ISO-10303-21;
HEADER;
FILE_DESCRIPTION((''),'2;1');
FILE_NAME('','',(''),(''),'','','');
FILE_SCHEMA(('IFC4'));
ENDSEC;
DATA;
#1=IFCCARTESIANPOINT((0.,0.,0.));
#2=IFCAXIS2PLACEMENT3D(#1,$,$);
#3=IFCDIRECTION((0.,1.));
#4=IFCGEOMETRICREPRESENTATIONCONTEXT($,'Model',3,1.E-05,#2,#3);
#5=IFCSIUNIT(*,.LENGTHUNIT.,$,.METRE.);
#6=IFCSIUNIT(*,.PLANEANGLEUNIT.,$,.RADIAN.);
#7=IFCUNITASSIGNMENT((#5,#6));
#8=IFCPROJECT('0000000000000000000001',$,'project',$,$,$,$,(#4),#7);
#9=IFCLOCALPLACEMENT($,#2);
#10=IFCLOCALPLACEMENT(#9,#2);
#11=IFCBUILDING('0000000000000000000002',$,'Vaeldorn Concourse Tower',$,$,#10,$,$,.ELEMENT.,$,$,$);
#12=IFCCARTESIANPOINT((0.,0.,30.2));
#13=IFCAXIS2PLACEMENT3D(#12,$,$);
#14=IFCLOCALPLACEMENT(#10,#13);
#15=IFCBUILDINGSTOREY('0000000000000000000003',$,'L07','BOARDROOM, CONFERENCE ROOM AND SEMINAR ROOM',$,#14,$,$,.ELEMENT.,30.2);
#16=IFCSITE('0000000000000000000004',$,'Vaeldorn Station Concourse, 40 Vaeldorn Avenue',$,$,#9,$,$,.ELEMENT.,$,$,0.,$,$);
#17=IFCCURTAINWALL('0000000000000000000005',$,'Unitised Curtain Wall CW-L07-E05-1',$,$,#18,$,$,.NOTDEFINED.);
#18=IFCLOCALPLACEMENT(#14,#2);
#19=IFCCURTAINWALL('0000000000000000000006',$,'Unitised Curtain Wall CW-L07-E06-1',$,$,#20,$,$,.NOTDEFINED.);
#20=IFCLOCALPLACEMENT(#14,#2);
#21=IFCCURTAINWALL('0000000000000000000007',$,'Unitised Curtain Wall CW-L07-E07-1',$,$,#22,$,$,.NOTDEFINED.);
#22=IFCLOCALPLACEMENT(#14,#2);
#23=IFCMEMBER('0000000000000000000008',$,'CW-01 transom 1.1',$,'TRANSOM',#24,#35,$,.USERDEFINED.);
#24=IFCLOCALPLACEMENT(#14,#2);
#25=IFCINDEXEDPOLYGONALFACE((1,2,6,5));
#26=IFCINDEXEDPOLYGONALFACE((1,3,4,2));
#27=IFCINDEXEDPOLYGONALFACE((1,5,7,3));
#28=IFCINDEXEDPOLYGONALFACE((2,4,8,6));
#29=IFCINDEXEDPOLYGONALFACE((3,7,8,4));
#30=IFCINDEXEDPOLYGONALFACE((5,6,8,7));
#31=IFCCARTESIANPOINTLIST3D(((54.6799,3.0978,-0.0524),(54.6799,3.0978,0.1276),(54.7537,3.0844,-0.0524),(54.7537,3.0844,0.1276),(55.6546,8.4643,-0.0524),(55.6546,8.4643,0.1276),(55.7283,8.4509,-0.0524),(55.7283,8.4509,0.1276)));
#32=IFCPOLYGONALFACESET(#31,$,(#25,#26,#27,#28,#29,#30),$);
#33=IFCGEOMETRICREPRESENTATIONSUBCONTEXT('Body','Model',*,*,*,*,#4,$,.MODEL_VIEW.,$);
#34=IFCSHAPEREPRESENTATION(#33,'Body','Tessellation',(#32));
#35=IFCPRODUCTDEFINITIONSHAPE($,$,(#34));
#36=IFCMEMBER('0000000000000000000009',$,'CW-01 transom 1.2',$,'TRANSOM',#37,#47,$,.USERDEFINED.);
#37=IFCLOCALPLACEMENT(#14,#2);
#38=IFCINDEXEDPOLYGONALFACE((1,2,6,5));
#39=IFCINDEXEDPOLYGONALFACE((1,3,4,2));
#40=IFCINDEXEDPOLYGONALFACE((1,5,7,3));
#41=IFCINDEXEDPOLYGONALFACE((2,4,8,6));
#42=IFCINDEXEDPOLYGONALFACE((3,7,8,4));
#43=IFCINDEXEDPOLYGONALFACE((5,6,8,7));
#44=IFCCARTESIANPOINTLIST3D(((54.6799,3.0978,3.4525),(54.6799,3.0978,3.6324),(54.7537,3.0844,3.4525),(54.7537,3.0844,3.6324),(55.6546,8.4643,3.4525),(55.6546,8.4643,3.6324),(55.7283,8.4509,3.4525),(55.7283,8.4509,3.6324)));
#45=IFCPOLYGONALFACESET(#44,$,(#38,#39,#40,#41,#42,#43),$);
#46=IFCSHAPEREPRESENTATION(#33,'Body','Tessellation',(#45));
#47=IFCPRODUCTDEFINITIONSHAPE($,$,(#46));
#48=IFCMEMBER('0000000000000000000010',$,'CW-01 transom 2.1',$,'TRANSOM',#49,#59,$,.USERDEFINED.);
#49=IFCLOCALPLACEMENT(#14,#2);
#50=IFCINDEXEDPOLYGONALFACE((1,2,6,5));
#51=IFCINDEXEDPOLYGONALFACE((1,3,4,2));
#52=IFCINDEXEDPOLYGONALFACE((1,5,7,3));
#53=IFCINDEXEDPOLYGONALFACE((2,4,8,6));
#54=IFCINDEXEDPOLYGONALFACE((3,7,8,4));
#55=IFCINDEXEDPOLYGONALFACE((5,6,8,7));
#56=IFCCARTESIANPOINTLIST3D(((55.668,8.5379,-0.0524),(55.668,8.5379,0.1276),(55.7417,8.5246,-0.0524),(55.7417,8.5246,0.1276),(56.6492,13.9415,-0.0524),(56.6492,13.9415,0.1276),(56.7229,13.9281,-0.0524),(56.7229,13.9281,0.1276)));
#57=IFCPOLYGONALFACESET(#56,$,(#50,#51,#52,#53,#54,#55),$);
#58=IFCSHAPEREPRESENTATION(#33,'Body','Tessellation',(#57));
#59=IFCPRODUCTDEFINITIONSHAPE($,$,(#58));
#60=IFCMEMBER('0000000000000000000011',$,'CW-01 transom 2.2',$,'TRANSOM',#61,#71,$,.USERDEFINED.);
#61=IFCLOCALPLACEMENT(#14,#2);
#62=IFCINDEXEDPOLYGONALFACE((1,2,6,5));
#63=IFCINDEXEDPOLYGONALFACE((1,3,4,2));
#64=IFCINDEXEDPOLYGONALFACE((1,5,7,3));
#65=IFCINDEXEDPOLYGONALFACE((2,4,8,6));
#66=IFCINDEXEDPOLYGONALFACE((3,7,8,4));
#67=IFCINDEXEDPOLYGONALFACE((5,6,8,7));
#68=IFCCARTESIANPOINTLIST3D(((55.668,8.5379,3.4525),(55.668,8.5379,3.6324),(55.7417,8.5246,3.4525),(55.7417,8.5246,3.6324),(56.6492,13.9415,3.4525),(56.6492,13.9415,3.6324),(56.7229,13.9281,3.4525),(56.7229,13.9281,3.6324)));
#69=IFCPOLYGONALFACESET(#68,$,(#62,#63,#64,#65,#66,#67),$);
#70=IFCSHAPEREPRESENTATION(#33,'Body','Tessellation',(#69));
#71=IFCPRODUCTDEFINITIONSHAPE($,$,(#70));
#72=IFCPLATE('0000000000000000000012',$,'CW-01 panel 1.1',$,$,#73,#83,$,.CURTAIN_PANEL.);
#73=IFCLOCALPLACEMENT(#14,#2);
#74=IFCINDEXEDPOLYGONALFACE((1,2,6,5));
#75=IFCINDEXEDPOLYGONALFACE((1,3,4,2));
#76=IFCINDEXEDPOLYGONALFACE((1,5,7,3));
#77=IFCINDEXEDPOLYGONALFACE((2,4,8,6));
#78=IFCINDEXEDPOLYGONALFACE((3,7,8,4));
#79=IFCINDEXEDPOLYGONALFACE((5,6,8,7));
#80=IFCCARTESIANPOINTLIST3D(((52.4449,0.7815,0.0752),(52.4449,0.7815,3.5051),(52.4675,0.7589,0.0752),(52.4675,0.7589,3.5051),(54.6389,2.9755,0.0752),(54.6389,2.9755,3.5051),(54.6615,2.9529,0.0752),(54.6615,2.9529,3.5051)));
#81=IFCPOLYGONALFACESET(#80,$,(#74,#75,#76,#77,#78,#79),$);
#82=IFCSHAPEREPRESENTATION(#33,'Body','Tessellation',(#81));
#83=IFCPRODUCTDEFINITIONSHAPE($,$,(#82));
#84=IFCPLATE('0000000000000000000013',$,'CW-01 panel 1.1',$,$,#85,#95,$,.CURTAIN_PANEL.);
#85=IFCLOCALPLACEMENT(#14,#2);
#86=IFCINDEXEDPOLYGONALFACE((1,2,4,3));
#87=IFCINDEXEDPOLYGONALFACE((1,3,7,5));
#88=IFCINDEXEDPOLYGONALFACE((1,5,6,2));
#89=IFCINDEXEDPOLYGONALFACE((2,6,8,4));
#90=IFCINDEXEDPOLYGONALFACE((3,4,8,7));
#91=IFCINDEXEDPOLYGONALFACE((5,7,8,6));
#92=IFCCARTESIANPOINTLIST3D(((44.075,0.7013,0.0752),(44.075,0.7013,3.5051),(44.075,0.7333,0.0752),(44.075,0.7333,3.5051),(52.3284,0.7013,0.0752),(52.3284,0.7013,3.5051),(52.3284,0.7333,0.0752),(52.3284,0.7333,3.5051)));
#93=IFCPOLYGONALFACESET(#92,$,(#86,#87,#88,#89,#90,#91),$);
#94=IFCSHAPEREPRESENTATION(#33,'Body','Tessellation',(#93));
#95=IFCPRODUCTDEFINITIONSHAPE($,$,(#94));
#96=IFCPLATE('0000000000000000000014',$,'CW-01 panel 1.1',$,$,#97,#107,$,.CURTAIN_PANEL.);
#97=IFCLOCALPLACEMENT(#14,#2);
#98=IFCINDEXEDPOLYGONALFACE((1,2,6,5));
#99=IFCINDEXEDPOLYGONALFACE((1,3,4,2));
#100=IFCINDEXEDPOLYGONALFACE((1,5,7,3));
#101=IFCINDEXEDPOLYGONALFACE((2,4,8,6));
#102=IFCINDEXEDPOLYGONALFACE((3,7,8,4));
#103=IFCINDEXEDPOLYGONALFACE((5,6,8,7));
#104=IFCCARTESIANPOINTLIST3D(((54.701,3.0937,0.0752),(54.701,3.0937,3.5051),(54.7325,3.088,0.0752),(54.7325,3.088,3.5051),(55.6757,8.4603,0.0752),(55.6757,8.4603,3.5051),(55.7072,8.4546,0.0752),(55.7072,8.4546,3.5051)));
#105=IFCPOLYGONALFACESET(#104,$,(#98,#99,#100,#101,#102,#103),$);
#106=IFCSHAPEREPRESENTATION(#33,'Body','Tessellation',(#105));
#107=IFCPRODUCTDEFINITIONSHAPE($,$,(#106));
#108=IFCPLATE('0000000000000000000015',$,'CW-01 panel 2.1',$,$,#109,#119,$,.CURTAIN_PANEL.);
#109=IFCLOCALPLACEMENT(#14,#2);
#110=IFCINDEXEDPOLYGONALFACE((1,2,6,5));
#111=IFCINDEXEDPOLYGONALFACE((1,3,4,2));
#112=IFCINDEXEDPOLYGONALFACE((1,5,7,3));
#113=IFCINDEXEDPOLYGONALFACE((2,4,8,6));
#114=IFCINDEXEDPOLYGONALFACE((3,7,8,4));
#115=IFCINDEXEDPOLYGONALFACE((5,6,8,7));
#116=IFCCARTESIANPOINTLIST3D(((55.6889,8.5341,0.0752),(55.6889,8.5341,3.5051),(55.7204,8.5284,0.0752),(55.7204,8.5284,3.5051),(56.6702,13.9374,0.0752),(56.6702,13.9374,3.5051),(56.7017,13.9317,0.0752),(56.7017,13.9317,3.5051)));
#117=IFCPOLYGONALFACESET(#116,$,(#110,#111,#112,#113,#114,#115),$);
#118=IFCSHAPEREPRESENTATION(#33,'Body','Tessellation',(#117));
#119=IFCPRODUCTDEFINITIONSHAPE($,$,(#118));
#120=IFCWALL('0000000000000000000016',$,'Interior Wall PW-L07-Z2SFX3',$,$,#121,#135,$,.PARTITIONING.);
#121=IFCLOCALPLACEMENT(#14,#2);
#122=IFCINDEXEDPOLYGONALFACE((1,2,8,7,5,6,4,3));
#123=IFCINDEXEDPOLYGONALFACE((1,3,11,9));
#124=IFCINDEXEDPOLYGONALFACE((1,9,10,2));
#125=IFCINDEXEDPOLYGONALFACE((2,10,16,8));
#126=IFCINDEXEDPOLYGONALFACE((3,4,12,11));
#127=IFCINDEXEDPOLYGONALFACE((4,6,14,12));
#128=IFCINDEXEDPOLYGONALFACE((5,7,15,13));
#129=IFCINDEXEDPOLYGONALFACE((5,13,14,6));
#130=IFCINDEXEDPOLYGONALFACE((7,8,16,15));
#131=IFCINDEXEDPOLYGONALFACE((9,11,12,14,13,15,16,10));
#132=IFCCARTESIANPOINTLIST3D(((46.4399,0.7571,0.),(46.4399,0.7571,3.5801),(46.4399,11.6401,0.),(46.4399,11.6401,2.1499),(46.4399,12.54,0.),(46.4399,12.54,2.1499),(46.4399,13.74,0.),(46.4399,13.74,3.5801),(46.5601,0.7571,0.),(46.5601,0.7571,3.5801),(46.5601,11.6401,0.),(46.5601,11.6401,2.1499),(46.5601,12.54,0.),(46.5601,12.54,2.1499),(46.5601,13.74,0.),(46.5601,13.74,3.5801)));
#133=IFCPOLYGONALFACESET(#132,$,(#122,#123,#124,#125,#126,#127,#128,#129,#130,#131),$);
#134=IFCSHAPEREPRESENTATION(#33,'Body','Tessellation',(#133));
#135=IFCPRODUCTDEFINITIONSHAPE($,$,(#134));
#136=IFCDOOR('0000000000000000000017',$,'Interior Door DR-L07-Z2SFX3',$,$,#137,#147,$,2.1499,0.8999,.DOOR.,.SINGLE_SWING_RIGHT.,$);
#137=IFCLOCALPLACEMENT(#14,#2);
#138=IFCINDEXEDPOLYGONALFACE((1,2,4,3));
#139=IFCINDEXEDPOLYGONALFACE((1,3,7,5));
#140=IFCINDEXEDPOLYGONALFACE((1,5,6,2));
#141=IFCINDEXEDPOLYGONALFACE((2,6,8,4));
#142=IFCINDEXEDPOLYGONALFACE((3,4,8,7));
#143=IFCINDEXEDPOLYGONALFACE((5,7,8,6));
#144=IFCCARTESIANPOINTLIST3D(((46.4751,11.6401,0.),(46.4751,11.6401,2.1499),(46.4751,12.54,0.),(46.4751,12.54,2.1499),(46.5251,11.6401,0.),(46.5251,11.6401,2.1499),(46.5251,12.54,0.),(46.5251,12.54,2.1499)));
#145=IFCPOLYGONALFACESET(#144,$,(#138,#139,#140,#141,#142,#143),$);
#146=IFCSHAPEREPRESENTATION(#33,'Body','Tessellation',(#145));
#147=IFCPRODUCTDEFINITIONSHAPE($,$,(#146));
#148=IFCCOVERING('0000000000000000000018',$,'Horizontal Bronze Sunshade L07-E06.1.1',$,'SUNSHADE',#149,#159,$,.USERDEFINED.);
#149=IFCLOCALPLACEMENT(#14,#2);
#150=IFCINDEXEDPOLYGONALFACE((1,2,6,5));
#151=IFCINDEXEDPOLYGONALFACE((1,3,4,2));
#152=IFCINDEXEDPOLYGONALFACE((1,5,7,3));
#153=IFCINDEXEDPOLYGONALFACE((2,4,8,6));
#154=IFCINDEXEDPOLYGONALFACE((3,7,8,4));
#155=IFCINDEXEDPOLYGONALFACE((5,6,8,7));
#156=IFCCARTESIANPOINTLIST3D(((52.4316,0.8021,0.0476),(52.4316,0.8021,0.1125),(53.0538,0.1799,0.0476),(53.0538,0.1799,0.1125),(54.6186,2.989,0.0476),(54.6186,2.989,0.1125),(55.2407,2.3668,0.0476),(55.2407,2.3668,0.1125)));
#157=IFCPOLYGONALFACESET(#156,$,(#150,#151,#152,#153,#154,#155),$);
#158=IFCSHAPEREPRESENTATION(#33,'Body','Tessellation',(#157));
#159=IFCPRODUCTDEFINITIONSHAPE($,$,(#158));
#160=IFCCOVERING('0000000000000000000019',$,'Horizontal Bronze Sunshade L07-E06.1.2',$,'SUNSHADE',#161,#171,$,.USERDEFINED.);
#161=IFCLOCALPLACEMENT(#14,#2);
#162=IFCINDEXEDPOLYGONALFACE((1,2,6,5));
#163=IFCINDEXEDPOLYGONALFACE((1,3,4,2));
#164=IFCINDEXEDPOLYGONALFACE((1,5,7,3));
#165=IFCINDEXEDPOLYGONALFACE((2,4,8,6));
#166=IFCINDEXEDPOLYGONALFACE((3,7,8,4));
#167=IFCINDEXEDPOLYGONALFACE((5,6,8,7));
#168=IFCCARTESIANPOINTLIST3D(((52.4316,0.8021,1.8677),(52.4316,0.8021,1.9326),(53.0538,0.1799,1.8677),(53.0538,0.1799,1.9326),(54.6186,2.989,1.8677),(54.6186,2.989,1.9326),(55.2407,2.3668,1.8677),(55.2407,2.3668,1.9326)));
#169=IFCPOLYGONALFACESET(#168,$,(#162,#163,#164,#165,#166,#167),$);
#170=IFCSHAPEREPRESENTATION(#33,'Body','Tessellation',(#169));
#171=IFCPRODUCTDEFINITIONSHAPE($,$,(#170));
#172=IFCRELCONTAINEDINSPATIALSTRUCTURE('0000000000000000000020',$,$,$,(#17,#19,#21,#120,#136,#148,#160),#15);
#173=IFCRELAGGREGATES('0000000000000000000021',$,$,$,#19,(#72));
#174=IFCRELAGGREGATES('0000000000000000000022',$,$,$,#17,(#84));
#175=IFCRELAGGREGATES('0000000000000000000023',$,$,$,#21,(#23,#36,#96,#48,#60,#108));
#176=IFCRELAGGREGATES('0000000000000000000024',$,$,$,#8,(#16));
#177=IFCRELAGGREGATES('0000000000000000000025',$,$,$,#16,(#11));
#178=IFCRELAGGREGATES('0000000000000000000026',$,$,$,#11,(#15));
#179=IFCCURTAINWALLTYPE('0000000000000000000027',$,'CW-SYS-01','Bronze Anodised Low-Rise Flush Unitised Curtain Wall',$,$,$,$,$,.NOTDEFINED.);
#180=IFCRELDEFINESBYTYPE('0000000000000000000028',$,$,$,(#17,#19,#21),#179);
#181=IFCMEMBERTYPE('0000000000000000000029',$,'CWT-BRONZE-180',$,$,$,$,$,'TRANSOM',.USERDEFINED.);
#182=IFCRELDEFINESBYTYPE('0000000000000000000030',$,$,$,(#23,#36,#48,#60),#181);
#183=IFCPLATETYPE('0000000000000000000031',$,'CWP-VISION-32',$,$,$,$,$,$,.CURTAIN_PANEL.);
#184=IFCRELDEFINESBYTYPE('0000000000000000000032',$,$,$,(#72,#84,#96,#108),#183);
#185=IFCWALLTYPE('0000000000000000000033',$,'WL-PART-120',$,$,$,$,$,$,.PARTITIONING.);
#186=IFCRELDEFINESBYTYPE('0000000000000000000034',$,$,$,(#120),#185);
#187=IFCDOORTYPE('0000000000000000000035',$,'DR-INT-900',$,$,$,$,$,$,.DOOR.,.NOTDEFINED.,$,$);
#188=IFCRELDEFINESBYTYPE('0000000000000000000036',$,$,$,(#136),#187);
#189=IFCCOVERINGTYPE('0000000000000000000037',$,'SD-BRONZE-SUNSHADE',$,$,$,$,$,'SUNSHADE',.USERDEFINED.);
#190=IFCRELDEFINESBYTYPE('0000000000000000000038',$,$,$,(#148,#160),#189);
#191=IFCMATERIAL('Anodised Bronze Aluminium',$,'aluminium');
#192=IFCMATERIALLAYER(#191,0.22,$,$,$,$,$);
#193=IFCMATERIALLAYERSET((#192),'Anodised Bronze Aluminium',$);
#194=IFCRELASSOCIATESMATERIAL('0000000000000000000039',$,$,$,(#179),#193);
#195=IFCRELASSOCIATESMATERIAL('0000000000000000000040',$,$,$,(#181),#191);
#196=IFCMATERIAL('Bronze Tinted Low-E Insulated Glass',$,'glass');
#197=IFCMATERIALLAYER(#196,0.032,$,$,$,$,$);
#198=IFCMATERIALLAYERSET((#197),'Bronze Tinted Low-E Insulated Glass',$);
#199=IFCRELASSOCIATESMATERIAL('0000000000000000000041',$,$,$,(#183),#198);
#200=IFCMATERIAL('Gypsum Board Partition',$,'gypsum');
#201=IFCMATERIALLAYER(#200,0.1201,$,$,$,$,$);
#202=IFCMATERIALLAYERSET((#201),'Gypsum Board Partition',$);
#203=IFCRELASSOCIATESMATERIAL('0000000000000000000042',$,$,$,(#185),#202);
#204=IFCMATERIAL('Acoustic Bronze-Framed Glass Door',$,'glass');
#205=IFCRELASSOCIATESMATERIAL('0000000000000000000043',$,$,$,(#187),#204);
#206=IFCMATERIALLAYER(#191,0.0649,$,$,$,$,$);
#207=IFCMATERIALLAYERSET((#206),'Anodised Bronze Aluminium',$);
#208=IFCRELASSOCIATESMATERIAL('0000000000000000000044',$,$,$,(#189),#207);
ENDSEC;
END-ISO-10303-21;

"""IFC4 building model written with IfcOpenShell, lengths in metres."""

from ifc_helpers import new_model, si_unit, direction, frame, frame_2d, origin, origin_2d, place, context, subcontext, project, spatial, rectangle, extrude, source, transform, mapped, material, layer, layer_set, material_profile, profile_set, type_object, element, fill, aggregate, save


model = new_model("IFC4")

# Units and contexts
model_context = context("Model", 3, precision=1e-05, world=origin(), true_north=direction((0.0, 1.0)))
body_context = subcontext(model_context, "Body", "Model", "MODEL_VIEW")
ifc_project = project(units=[si_unit("LENGTHUNIT", "METRE"), si_unit("PLANEANGLEUNIT", "RADIAN")], contexts=[model_context])

# Site, building, storey
site_placement = place(None, origin())
site = spatial("IfcSite", under=ifc_project, at=site_placement, Name="Vaeldorn Station Concourse, 40 Vaeldorn Avenue", CompositionType="ELEMENT", RefElevation=0.0)
building_placement = place(site_placement, origin())
building = spatial("IfcBuilding", under=site, at=building_placement, Name="Vaeldorn Concourse Tower", CompositionType="ELEMENT")
storey_placement = place(building_placement, frame((0.0, 0.0, 30.2)))
storey = spatial("IfcBuildingStorey", under=building, at=storey_placement, Name="L07", Description="BOARDROOM, CONFERENCE ROOM AND SEMINAR ROOM", CompositionType="ELEMENT", Elevation=30.2)

# Curtain wall
ifc_material_1 = material(Name="Anodised Bronze Aluminium", Category="aluminium")
ifc_layer_1 = layer(ifc_material_1, 0.22)
ifc_layer_set_1 = layer_set([ifc_layer_1], Name="Anodised Bronze Aluminium")
curtain_wall_type = type_object("IfcCurtainWallType", Name="CW-SYS-01", Description="Bronze Anodised Low-Rise Flush Unitised Curtain Wall", PredefinedType="NOTDEFINED", material=ifc_layer_set_1)
curtain_wall_1_placement = place(storey_placement, origin())
curtain_wall_1 = element("IfcCurtainWall", 1, at=curtain_wall_1_placement, inside=storey, type_object=curtain_wall_type, Name="Unitised Curtain Wall CW-L07-E05-1", PredefinedType="NOTDEFINED")

# Curtain walls
curtain_wall_2_placement = place(storey_placement, origin())
curtain_wall_2 = element("IfcCurtainWall", 2, at=curtain_wall_2_placement, inside=storey, type_object=curtain_wall_type, Name="Unitised Curtain Wall CW-L07-E06-1", PredefinedType="NOTDEFINED")
curtain_wall_3_placement = place(storey_placement, origin())
curtain_wall_3 = element("IfcCurtainWall", 3, at=curtain_wall_3_placement, inside=storey, type_object=curtain_wall_type, Name="Unitised Curtain Wall CW-L07-E07-1", PredefinedType="NOTDEFINED")

# Members
ifc_material_profile_1 = material_profile(ifc_material_1, rectangle(XDim=0.075, YDim=0.1799, at=origin_2d()), Name="CWT 75x180")
ifc_profile_set_1 = profile_set([ifc_material_profile_1], Name="Anodised Bronze Aluminium")
member_type_1 = type_object("IfcMemberType", Name="CWT-BRONZE-180", ElementType="TRANSOM", PredefinedType="USERDEFINED", material=ifc_profile_set_1)
shared_shape_1 = source(origin(), body_context, "Body", "SweptSolid", [
    extrude(rectangle(XDim=0.075, YDim=0.1799, at=origin_2d()), origin(), (0.0, 0.0, 1.0), 5.4543),
])
member_1_placement = place(storey_placement, frame((54.7168, 3.0911, 0.0376), z_axis=(0.178688, 0.983906, 0.0), x_axis=(-0.983906, 0.178688, 0.0)))
member_1 = element("IfcMember", 4, at=member_1_placement, type_object=member_type_1, Name="CW-01 transom 1.1", ObjectType="TRANSOM", PredefinedType="USERDEFINED", context=body_context, shape_type="MappedRepresentation", body=[
    mapped(shared_shape_1, transform((0.0, 0.0, 0.0), scale=1.0)),
])
member_2_placement = place(storey_placement, frame((54.7168, 3.0911, 3.5425), z_axis=(0.178688, 0.983906, 0.0), x_axis=(-0.983906, 0.178688, 0.0)))
member_2 = element("IfcMember", 5, at=member_2_placement, type_object=member_type_1, Name="CW-01 transom 1.2", ObjectType="TRANSOM", PredefinedType="USERDEFINED", context=body_context, shape_type="MappedRepresentation", body=[
    mapped(shared_shape_1, transform((0.0, 0.0, 0.0), scale=1.0)),
])
shared_shape_2 = source(origin(), body_context, "Body", "SweptSolid", [
    extrude(rectangle(XDim=0.075, YDim=0.1799, at=origin_2d()), origin(), (0.0, 0.0, 1.0), 5.4919),
])
member_3_placement = place(storey_placement, frame((55.7048, 8.5312, 0.0376), z_axis=(0.178662, 0.98391, 0.0), x_axis=(-0.98391, 0.178662, 0.0)))
member_3 = element("IfcMember", 6, at=member_3_placement, type_object=member_type_1, Name="CW-01 transom 2.1", ObjectType="TRANSOM", PredefinedType="USERDEFINED", context=body_context, shape_type="MappedRepresentation", body=[
    mapped(shared_shape_2, transform((0.0, 0.0, 0.0), scale=1.0)),
])
member_4_placement = place(storey_placement, frame((55.7048, 8.5312, 3.5425), z_axis=(0.178662, 0.98391, 0.0), x_axis=(-0.98391, 0.178662, 0.0)))
member_4 = element("IfcMember", 7, at=member_4_placement, type_object=member_type_1, Name="CW-01 transom 2.2", ObjectType="TRANSOM", PredefinedType="USERDEFINED", context=body_context, shape_type="MappedRepresentation", body=[
    mapped(shared_shape_2, transform((0.0, 0.0, 0.0), scale=1.0)),
])

# Plates
ifc_material_2 = material(Name="Bronze Tinted Low-E Insulated Glass", Category="glass")
ifc_layer_2 = layer(ifc_material_2, 0.032)
ifc_layer_set_2 = layer_set([ifc_layer_2], Name="Bronze Tinted Low-E Insulated Glass")
plate_type = type_object("IfcPlateType", Name="CWP-VISION-32", PredefinedType="CURTAIN_PANEL", material=ifc_layer_set_2)
shared_shape_3 = source(origin(), body_context, "Body", "SweptSolid", [
    extrude(rectangle(XDim=3.1028, YDim=0.032, at=origin_2d()), origin(), (0.0, 0.0, 1.0), 3.4299),
])
plate_1_placement = place(storey_placement, frame((53.5532, 1.8672, 0.0752), z_axis=(0.0, 0.0, 1.0), x_axis=(0.707107, 0.707107, 0.0)))
plate_1 = element("IfcPlate", 8, at=plate_1_placement, type_object=plate_type, Name="CW-01 panel 1.1", PredefinedType="CURTAIN_PANEL", context=body_context, shape_type="MappedRepresentation", body=[
    mapped(shared_shape_3, transform((0.0, 0.0, 0.0), scale=1.0)),
])
aggregate(curtain_wall_2, [plate_1])
shared_shape_4 = source(origin(), body_context, "Body", "SweptSolid", [
    extrude(rectangle(XDim=8.2534, YDim=0.032, at=origin_2d()), origin(), (0.0, 0.0, 1.0), 3.4299),
])
plate_2_placement = place(storey_placement, frame((48.2017, 0.7173, 0.0752), z_axis=(0.0, 0.0, 1.0), x_axis=(1.0, 0.0, 0.0)))
plate_2 = element("IfcPlate", 9, at=plate_2_placement, type_object=plate_type, Name="CW-01 panel 1.1", PredefinedType="CURTAIN_PANEL", context=body_context, shape_type="MappedRepresentation", body=[
    mapped(shared_shape_4, transform((0.0, 0.0, 0.0), scale=1.0)),
])
aggregate(curtain_wall_1, [plate_2])
shared_shape_5 = source(origin(), body_context, "Body", "SweptSolid", [
    extrude(rectangle(XDim=5.4543, YDim=0.032, at=origin_2d()), origin(), (0.0, 0.0, 1.0), 3.4299),
])
plate_3_placement = place(storey_placement, frame((55.2041, 5.7742, 0.0752), z_axis=(0.0, 0.0, 1.0), x_axis=(0.178693, 0.983905, 0.0)))
plate_3 = element("IfcPlate", 10, at=plate_3_placement, type_object=plate_type, Name="CW-01 panel 1.1", PredefinedType="CURTAIN_PANEL", context=body_context, shape_type="MappedRepresentation", body=[
    mapped(shared_shape_5, transform((0.0, 0.0, 0.0), scale=1.0)),
])
shared_shape_6 = source(origin(), body_context, "Body", "SweptSolid", [
    extrude(rectangle(XDim=5.4917, YDim=0.032, at=origin_2d()), origin(), (0.0, 0.0, 1.0), 3.4299),
])
plate_4_placement = place(storey_placement, frame((56.1953, 11.2329, 0.0752), z_axis=(0.0, 0.0, 1.0), x_axis=(0.178693, 0.983905, 0.0)))
plate_4 = element("IfcPlate", 11, at=plate_4_placement, type_object=plate_type, Name="CW-01 panel 2.1", PredefinedType="CURTAIN_PANEL", context=body_context, shape_type="MappedRepresentation", body=[
    mapped(shared_shape_6, transform((0.0, 0.0, 0.0), scale=1.0)),
])
aggregate(curtain_wall_3, [member_1, member_2, plate_3, member_3, member_4, plate_4])

# Wall, opening, door
ifc_material_3 = material(Name="Gypsum Board Partition", Category="gypsum")
ifc_layer_3 = layer(ifc_material_3, 0.1201)
ifc_layer_set_3 = layer_set([ifc_layer_3], Name="Gypsum Board Partition")
wall_type = type_object("IfcWallType", Name="WL-PART-120", PredefinedType="PARTITIONING", material=ifc_layer_set_3)
wall_placement = place(storey_placement, frame((46.5, 0.7571, 0.0), z_axis=(0.0, 0.0, 1.0), x_axis=(0.0, 1.0, 0.0)))
wall = element("IfcWall", 12, at=wall_placement, inside=storey, type_object=wall_type, Name="Interior Wall PW-L07-Z2SFX3", PredefinedType="PARTITIONING", context=body_context, shape_type="SweptSolid", body=[
    extrude(rectangle(XDim=12.9829, YDim=0.1201, at=frame_2d((6.4915, 0.0))), origin(), (0.0, 0.0, 1.0), 3.5801),
])
opening_placement = place(wall_placement, frame((10.8831, 0.0, 0.0)))
opening = element("IfcOpeningElement", 13, at=opening_placement, cuts=wall, PredefinedType="OPENING", context=body_context, shape_type="SweptSolid", body=[
    extrude(rectangle(XDim=0.8999, YDim=2.1499, at=frame_2d((0.45, 1.075))), frame((0.0, 0.0701, 0.0), z_axis=(0.0, -1.0, 0.0), x_axis=(1.0, 0.0, 0.0)), (0.0, 0.0, 1.0), 0.1401),
])
ifc_material_4 = material(Name="Acoustic Bronze-Framed Glass Door", Category="glass")
door_type = type_object("IfcDoorType", Name="DR-INT-900", OperationType="NOTDEFINED", PredefinedType="DOOR", material=ifc_material_4)
shared_shape_7 = source(origin(), body_context, "Body", "SweptSolid", [
    extrude(rectangle(XDim=0.8999, YDim=2.1499, at=frame_2d((0.45, 1.075))), frame((0.0, 0.0249, 0.0), z_axis=(0.0, -1.0, 0.0), x_axis=(1.0, 0.0, 0.0)), (0.0, 0.0, 1.0), 0.05),
])
door_placement = place(opening_placement, origin())
door = element("IfcDoor", 14, at=door_placement, inside=storey, type_object=door_type, Name="Interior Door DR-L07-Z2SFX3", OperationType="SINGLE_SWING_RIGHT", OverallHeight=2.1499, OverallWidth=0.8999, PredefinedType="DOOR", context=body_context, shape_type="MappedRepresentation", body=[
    mapped(shared_shape_7, transform((0.0, 0.0, 0.0), scale=1.0)),
])
fill(opening, door)

# Coverings
ifc_layer_4 = layer(ifc_material_1, 0.0649)
ifc_layer_set_4 = layer_set([ifc_layer_4], Name="Anodised Bronze Aluminium")
covering_type = type_object("IfcCoveringType", Name="SD-BRONZE-SUNSHADE", ElementType="SUNSHADE", PredefinedType="USERDEFINED", material=ifc_layer_set_4)
shared_shape_8 = source(origin(), body_context, "Body", "SweptSolid", [
    extrude(rectangle(XDim=3.0928, YDim=0.8799, at=origin_2d()), origin(), (0.0, 0.0, 1.0), 0.0649),
])
for number, where, z_axis, x_axis, name in (
    (15, (53.8362, 1.5845, 0.0476), (0.0, 0.0, 1.0), (0.707107, 0.707107, 0.0), "Horizontal Bronze Sunshade L07-E06.1.1"),
    (16, (53.8362, 1.5845, 1.8677), (0.0, 0.0, 1.0), (0.707107, 0.707107, 0.0), "Horizontal Bronze Sunshade L07-E06.1.2"),
):
    element("IfcCovering", number, at=place(storey_placement, frame(where, z_axis=z_axis, x_axis=x_axis)), inside=storey, type_object=covering_type, Name=name, ObjectType="SUNSHADE", PredefinedType="USERDEFINED", context=body_context, shape_type="MappedRepresentation", body=[
        mapped(shared_shape_8, transform((0.0, 0.0, 0.0), scale=1.0)),
    ])

save(model, "model.ifc")
